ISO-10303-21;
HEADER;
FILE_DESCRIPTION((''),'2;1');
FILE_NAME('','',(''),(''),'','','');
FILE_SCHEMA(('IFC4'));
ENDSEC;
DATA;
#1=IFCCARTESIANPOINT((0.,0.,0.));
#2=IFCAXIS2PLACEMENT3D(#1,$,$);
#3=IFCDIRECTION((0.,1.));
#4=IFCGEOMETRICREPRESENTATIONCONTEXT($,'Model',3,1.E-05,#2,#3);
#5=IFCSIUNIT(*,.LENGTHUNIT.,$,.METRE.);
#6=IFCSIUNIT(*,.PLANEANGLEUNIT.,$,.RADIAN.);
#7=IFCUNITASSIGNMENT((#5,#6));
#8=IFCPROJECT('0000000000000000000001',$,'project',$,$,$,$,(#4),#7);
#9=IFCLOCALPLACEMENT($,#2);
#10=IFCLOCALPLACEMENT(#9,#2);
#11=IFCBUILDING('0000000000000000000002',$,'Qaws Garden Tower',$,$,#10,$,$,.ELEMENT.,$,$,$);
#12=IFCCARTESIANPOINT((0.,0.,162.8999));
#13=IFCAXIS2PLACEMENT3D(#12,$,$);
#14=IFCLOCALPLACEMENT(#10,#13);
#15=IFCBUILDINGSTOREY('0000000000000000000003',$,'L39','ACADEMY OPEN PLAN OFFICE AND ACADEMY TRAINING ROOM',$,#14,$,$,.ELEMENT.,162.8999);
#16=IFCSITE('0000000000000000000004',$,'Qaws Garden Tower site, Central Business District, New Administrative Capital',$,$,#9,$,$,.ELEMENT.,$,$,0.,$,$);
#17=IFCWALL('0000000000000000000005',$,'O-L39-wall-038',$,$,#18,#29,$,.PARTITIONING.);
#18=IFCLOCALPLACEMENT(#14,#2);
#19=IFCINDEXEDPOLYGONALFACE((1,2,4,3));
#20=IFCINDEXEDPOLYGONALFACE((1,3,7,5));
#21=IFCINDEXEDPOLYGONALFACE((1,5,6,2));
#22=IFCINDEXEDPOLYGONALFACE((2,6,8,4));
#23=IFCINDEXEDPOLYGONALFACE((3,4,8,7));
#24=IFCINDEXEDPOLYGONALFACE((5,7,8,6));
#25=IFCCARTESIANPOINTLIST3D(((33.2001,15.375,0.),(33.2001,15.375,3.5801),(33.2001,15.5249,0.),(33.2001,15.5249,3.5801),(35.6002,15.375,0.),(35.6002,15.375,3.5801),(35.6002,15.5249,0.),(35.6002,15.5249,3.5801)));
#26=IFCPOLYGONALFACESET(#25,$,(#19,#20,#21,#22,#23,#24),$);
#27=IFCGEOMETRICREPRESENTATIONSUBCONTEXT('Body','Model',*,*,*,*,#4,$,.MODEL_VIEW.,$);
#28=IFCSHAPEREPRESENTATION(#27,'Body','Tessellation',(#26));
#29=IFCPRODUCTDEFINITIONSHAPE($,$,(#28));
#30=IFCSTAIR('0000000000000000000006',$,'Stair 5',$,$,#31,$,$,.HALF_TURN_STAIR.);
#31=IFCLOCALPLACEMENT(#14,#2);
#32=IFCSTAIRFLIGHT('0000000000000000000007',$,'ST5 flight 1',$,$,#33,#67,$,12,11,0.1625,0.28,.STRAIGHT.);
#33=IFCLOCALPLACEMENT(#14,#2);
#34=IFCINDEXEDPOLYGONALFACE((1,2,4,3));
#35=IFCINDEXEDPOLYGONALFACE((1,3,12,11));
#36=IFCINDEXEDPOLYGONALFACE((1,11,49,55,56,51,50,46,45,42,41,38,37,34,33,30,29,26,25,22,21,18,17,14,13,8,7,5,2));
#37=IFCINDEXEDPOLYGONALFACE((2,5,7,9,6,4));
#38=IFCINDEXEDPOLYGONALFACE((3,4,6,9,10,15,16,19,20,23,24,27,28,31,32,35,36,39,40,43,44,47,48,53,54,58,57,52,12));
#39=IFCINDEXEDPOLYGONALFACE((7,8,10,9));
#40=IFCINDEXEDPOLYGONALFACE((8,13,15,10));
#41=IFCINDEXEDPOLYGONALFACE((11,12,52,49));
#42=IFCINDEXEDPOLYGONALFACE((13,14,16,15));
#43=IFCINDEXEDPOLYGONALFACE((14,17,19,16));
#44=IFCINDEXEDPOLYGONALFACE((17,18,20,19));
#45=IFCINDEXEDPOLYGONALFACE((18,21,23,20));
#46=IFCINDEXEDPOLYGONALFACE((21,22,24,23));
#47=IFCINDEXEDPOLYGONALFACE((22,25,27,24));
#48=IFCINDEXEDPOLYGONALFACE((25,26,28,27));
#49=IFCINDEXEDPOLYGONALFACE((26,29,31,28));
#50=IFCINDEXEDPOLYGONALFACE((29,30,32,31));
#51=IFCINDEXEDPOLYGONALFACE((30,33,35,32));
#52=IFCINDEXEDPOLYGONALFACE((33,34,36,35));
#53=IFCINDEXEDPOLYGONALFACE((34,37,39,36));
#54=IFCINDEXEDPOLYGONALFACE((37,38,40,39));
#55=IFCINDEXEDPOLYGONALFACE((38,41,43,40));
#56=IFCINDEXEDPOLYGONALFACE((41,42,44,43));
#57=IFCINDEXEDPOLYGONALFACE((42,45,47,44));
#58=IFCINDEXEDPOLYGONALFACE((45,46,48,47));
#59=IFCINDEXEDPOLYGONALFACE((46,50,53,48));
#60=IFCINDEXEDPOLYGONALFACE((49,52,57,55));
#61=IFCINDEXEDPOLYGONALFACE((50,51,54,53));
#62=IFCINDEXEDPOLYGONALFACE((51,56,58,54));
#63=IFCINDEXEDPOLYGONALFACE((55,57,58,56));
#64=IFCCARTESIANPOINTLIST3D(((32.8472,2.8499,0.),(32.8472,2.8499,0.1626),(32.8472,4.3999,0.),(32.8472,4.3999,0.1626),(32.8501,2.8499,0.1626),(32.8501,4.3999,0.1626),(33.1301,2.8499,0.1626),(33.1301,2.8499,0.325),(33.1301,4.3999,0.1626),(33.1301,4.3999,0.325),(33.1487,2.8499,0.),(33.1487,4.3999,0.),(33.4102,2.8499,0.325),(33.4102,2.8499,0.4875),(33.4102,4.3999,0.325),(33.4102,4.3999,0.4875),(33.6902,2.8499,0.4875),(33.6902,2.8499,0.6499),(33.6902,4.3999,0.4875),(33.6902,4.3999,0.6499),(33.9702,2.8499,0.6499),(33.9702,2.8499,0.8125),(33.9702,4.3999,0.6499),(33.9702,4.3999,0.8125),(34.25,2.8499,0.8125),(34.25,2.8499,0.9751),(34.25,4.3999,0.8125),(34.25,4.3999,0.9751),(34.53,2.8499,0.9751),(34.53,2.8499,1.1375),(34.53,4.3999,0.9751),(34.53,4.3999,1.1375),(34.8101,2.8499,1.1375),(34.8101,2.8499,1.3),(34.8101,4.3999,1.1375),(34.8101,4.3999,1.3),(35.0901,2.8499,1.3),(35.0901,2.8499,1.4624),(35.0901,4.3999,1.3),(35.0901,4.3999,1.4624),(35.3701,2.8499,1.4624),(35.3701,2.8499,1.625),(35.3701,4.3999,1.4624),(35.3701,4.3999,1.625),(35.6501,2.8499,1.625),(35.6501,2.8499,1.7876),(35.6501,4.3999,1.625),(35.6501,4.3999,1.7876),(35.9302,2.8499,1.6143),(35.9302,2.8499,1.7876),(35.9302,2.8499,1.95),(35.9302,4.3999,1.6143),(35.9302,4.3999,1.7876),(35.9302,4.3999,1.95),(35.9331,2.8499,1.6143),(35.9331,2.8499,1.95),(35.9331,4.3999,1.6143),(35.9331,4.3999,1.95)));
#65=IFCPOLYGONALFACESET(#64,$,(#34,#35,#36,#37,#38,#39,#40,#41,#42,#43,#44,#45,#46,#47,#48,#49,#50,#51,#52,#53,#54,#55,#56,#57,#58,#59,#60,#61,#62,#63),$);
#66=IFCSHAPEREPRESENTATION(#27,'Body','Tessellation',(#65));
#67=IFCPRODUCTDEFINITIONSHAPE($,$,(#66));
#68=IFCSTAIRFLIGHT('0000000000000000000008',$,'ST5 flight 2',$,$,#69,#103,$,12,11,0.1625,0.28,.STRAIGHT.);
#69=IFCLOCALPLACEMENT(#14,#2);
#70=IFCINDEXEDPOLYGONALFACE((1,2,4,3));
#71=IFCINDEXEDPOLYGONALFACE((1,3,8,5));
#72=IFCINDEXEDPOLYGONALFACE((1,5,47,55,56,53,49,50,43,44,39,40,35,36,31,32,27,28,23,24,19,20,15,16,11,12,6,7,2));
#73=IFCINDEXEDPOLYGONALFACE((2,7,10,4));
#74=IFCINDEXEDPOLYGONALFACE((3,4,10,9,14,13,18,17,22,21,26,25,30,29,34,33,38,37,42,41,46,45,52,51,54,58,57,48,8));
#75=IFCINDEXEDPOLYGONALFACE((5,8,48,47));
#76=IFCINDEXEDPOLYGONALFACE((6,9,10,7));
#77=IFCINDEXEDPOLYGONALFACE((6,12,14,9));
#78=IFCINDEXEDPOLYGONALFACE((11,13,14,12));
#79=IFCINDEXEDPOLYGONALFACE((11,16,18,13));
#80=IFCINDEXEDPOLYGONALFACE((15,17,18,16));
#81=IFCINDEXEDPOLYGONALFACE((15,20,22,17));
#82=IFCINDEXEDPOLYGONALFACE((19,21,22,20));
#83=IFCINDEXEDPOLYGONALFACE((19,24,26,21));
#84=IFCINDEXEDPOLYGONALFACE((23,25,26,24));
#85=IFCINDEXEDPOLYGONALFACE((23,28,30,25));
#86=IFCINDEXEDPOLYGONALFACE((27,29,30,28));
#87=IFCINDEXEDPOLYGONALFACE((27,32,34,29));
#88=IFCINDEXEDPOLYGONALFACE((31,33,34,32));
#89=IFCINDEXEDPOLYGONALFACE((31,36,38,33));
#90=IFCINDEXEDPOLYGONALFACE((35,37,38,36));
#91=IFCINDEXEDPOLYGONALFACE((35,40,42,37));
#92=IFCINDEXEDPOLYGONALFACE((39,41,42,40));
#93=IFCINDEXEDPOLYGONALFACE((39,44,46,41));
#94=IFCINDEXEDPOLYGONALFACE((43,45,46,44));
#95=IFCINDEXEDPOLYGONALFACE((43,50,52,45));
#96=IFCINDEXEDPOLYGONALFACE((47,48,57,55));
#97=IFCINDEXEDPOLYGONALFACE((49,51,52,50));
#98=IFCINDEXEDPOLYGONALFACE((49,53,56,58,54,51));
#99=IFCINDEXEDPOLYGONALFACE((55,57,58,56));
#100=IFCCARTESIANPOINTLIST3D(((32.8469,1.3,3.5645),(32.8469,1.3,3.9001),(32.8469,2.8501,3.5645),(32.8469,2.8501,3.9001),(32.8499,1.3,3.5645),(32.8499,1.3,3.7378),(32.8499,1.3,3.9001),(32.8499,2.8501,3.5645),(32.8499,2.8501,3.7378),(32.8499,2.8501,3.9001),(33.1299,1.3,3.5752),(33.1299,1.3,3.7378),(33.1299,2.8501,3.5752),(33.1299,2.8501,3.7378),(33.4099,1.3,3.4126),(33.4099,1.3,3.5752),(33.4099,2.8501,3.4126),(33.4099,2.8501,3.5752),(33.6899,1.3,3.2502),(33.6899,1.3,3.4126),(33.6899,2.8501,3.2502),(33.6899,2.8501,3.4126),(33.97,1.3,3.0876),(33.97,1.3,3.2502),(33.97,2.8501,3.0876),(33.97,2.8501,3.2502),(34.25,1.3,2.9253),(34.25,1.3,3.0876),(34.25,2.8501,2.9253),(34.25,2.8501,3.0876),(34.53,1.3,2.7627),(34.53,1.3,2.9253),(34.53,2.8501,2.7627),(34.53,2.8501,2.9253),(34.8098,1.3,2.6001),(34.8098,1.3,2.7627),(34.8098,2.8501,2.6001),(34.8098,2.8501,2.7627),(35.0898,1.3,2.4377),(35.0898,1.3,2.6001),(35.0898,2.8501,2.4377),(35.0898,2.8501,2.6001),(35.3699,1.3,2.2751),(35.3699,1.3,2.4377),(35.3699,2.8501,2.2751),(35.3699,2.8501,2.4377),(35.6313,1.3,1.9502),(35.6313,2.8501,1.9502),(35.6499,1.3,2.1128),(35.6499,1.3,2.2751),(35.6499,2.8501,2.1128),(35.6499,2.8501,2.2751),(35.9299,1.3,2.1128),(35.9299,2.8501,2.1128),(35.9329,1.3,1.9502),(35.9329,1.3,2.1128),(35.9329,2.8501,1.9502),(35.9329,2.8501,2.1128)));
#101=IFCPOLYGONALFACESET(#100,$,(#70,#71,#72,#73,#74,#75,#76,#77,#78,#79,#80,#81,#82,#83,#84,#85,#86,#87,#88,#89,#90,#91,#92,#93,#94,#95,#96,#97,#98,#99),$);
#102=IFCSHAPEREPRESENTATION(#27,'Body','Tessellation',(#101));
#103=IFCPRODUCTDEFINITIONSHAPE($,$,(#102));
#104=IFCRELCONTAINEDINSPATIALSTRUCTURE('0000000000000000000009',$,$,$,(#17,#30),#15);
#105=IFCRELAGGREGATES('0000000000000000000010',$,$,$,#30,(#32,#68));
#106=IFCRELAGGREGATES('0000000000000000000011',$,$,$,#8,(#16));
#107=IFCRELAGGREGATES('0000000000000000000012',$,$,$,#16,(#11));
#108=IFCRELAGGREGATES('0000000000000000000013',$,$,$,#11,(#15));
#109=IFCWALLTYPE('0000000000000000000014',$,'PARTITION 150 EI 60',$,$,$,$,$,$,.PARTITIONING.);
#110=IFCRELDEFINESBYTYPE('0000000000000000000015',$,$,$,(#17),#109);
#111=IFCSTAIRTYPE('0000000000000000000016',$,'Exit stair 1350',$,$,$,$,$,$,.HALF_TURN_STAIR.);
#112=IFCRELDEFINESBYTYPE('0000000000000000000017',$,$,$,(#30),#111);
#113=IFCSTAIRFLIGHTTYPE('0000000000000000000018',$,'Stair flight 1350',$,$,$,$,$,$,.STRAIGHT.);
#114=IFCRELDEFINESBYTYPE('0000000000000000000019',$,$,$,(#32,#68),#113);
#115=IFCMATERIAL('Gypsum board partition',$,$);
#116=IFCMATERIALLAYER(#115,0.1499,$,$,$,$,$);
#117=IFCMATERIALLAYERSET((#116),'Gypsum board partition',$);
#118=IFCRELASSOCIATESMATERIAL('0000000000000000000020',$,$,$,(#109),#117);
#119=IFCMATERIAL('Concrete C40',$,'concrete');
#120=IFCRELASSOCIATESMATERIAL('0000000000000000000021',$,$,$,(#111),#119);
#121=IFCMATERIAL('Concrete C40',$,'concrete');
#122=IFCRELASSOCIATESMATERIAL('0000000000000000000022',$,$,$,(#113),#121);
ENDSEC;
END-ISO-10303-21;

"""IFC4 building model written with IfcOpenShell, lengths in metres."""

from ifc_helpers import new_model, si_unit, direction, frame, frame_2d, origin, place, context, subcontext, project, spatial, polyline, rectangle, outline, extrude, material, layer, layer_set, type_object, element, aggregate, save


model = new_model("IFC4")

# Units and contexts
model_context = context("Model", 3, precision=1e-05, world=origin(), true_north=direction((0.0, 1.0)))
body_context = subcontext(model_context, "Body", "Model", "MODEL_VIEW")
ifc_project = project(units=[si_unit("LENGTHUNIT", "METRE"), si_unit("PLANEANGLEUNIT", "RADIAN")], contexts=[model_context])

# Site, building, storey
site_placement = place(None, origin())
site = spatial("IfcSite", under=ifc_project, at=site_placement, Name="Qaws Garden Tower site, Central Business District, New Administrative Capital", CompositionType="ELEMENT", RefElevation=0.0)
building_placement = place(site_placement, origin())
building = spatial("IfcBuilding", under=site, at=building_placement, Name="Qaws Garden Tower", CompositionType="ELEMENT")
storey_placement = place(building_placement, frame((0.0, 0.0, 162.8999)))
storey = spatial("IfcBuildingStorey", under=building, at=storey_placement, Name="L39", Description="ACADEMY OPEN PLAN OFFICE AND ACADEMY TRAINING ROOM", CompositionType="ELEMENT", Elevation=162.8999)

# Shared definitions
ifc_material_1 = material(Name="Gypsum board partition")
ifc_layer_1 = layer(ifc_material_1, 0.1499)
ifc_layer_set_1 = layer_set([ifc_layer_1], Name="Gypsum board partition")
wall_type_1 = type_object("IfcWallType", Name="PARTITION 150 EI 60", PredefinedType="PARTITIONING", material=ifc_layer_set_1)

# Wall
for number, where, z_axis, x_axis, name in (
    (1, (33.2, 15.45, 0.0), (0.0, 0.0, 1.0), (1.0, 0.0, 0.0), "O-L39-wall-038"),
):
    element("IfcWall", number, at=place(storey_placement, frame(where, z_axis=z_axis, x_axis=x_axis)), inside=storey, type_object=wall_type_1, Name=name, PredefinedType="PARTITIONING", context=body_context, shape_type="SweptSolid", body=[
        extrude(rectangle(XDim=2.4001, YDim=0.1499, at=frame_2d((1.2002, 0.0))), origin(), (0.0, 0.0, 1.0), 3.5801),
    ])

# Stair, stair flights
ifc_material_2 = material(Name="Concrete C40", Category="concrete")
stair_type = type_object("IfcStairType", Name="Exit stair 1350", PredefinedType="HALF_TURN_STAIR", material=ifc_material_2)
stair_placement = place(storey_placement, origin())
stair = element("IfcStair", 2, at=stair_placement, inside=storey, type_object=stair_type, Name="Stair 5", PredefinedType="HALF_TURN_STAIR")
ifc_material_3 = material(Name="Concrete C40", Category="concrete")
stair_flight_type = type_object("IfcStairFlightType", Name="Stair flight 1350", PredefinedType="STRAIGHT", material=ifc_material_3)
stair_flight_1_placement = place(storey_placement, frame((32.8501, 3.625, 0.0), z_axis=(0.0, 0.0, 1.0), x_axis=(1.0, 0.0, 0.0)))
stair_flight_1 = element("IfcStairFlight", 3, at=stair_flight_1_placement, type_object=stair_flight_type, Name="ST5 flight 1", NumberOfRisers=12, NumberOfTreads=11, PredefinedType="STRAIGHT", RiserHeight=0.1625, TreadLength=0.28, context=body_context, shape_type="SweptSolid", body=[
    extrude(outline(polyline([(-0.0029, 0.0), (-0.0029, 0.1626), (0.0, 0.1626), (0.28, 0.1626), (0.28, 0.325), (0.5601, 0.325), (0.5601, 0.4875), (0.8401, 0.4875), (0.8401, 0.6499), (1.1201, 0.6499), (1.1201, 0.8125), (1.3999, 0.8125), (1.3999, 0.9751), (1.6799, 0.9751), (1.6799, 1.1375), (1.96, 1.1375), (1.96, 1.3), (2.24, 1.3), (2.24, 1.4624), (2.52, 1.4624), (2.52, 1.625), (2.8, 1.625), (2.8, 1.7876), (3.0801, 1.7876), (3.0801, 1.95), (3.083, 1.95), (3.083, 1.6143), (3.0801, 1.6143), (0.2986, 0.0), (-0.0029, 0.0)])), frame((0.0, 0.7749, 0.0), z_axis=(0.0, -1.0, 0.0), x_axis=(1.0, 0.0, 0.0)), (0.0, 0.0, 1.0), 1.55),
])
stair_flight_2_placement = place(storey_placement, frame((35.9299, 2.075, 1.9502), z_axis=(0.0, 0.0, 1.0), x_axis=(-1.0, 0.0, 0.0)))
stair_flight_2 = element("IfcStairFlight", 4, at=stair_flight_2_placement, type_object=stair_flight_type, Name="ST5 flight 2", NumberOfRisers=12, NumberOfTreads=11, PredefinedType="STRAIGHT", RiserHeight=0.1625, TreadLength=0.28, context=body_context, shape_type="SweptSolid", body=[
    extrude(outline(polyline([(-0.0029, 0.0), (-0.0029, 0.1626), (0.0, 0.1626), (0.28, 0.1626), (0.28, 0.325), (0.5601, 0.325), (0.5601, 0.4875), (0.8401, 0.4875), (0.8401, 0.6499), (1.1201, 0.6499), (1.1201, 0.8125), (1.3999, 0.8125), (1.3999, 0.9751), (1.6799, 0.9751), (1.6799, 1.1375), (1.96, 1.1375), (1.96, 1.3), (2.24, 1.3), (2.24, 1.4624), (2.52, 1.4624), (2.52, 1.625), (2.8, 1.625), (2.8, 1.7876), (3.0801, 1.7876), (3.0801, 1.95), (3.083, 1.95), (3.083, 1.6143), (3.0801, 1.6143), (0.2986, 0.0), (-0.0029, 0.0)])), frame((0.0, 0.7749, 0.0), z_axis=(0.0, -1.0, 0.0), x_axis=(1.0, 0.0, 0.0)), (0.0, 0.0, 1.0), 1.55),
])
aggregate(stair, [stair_flight_1, stair_flight_2])

save(model, "model.ifc")
